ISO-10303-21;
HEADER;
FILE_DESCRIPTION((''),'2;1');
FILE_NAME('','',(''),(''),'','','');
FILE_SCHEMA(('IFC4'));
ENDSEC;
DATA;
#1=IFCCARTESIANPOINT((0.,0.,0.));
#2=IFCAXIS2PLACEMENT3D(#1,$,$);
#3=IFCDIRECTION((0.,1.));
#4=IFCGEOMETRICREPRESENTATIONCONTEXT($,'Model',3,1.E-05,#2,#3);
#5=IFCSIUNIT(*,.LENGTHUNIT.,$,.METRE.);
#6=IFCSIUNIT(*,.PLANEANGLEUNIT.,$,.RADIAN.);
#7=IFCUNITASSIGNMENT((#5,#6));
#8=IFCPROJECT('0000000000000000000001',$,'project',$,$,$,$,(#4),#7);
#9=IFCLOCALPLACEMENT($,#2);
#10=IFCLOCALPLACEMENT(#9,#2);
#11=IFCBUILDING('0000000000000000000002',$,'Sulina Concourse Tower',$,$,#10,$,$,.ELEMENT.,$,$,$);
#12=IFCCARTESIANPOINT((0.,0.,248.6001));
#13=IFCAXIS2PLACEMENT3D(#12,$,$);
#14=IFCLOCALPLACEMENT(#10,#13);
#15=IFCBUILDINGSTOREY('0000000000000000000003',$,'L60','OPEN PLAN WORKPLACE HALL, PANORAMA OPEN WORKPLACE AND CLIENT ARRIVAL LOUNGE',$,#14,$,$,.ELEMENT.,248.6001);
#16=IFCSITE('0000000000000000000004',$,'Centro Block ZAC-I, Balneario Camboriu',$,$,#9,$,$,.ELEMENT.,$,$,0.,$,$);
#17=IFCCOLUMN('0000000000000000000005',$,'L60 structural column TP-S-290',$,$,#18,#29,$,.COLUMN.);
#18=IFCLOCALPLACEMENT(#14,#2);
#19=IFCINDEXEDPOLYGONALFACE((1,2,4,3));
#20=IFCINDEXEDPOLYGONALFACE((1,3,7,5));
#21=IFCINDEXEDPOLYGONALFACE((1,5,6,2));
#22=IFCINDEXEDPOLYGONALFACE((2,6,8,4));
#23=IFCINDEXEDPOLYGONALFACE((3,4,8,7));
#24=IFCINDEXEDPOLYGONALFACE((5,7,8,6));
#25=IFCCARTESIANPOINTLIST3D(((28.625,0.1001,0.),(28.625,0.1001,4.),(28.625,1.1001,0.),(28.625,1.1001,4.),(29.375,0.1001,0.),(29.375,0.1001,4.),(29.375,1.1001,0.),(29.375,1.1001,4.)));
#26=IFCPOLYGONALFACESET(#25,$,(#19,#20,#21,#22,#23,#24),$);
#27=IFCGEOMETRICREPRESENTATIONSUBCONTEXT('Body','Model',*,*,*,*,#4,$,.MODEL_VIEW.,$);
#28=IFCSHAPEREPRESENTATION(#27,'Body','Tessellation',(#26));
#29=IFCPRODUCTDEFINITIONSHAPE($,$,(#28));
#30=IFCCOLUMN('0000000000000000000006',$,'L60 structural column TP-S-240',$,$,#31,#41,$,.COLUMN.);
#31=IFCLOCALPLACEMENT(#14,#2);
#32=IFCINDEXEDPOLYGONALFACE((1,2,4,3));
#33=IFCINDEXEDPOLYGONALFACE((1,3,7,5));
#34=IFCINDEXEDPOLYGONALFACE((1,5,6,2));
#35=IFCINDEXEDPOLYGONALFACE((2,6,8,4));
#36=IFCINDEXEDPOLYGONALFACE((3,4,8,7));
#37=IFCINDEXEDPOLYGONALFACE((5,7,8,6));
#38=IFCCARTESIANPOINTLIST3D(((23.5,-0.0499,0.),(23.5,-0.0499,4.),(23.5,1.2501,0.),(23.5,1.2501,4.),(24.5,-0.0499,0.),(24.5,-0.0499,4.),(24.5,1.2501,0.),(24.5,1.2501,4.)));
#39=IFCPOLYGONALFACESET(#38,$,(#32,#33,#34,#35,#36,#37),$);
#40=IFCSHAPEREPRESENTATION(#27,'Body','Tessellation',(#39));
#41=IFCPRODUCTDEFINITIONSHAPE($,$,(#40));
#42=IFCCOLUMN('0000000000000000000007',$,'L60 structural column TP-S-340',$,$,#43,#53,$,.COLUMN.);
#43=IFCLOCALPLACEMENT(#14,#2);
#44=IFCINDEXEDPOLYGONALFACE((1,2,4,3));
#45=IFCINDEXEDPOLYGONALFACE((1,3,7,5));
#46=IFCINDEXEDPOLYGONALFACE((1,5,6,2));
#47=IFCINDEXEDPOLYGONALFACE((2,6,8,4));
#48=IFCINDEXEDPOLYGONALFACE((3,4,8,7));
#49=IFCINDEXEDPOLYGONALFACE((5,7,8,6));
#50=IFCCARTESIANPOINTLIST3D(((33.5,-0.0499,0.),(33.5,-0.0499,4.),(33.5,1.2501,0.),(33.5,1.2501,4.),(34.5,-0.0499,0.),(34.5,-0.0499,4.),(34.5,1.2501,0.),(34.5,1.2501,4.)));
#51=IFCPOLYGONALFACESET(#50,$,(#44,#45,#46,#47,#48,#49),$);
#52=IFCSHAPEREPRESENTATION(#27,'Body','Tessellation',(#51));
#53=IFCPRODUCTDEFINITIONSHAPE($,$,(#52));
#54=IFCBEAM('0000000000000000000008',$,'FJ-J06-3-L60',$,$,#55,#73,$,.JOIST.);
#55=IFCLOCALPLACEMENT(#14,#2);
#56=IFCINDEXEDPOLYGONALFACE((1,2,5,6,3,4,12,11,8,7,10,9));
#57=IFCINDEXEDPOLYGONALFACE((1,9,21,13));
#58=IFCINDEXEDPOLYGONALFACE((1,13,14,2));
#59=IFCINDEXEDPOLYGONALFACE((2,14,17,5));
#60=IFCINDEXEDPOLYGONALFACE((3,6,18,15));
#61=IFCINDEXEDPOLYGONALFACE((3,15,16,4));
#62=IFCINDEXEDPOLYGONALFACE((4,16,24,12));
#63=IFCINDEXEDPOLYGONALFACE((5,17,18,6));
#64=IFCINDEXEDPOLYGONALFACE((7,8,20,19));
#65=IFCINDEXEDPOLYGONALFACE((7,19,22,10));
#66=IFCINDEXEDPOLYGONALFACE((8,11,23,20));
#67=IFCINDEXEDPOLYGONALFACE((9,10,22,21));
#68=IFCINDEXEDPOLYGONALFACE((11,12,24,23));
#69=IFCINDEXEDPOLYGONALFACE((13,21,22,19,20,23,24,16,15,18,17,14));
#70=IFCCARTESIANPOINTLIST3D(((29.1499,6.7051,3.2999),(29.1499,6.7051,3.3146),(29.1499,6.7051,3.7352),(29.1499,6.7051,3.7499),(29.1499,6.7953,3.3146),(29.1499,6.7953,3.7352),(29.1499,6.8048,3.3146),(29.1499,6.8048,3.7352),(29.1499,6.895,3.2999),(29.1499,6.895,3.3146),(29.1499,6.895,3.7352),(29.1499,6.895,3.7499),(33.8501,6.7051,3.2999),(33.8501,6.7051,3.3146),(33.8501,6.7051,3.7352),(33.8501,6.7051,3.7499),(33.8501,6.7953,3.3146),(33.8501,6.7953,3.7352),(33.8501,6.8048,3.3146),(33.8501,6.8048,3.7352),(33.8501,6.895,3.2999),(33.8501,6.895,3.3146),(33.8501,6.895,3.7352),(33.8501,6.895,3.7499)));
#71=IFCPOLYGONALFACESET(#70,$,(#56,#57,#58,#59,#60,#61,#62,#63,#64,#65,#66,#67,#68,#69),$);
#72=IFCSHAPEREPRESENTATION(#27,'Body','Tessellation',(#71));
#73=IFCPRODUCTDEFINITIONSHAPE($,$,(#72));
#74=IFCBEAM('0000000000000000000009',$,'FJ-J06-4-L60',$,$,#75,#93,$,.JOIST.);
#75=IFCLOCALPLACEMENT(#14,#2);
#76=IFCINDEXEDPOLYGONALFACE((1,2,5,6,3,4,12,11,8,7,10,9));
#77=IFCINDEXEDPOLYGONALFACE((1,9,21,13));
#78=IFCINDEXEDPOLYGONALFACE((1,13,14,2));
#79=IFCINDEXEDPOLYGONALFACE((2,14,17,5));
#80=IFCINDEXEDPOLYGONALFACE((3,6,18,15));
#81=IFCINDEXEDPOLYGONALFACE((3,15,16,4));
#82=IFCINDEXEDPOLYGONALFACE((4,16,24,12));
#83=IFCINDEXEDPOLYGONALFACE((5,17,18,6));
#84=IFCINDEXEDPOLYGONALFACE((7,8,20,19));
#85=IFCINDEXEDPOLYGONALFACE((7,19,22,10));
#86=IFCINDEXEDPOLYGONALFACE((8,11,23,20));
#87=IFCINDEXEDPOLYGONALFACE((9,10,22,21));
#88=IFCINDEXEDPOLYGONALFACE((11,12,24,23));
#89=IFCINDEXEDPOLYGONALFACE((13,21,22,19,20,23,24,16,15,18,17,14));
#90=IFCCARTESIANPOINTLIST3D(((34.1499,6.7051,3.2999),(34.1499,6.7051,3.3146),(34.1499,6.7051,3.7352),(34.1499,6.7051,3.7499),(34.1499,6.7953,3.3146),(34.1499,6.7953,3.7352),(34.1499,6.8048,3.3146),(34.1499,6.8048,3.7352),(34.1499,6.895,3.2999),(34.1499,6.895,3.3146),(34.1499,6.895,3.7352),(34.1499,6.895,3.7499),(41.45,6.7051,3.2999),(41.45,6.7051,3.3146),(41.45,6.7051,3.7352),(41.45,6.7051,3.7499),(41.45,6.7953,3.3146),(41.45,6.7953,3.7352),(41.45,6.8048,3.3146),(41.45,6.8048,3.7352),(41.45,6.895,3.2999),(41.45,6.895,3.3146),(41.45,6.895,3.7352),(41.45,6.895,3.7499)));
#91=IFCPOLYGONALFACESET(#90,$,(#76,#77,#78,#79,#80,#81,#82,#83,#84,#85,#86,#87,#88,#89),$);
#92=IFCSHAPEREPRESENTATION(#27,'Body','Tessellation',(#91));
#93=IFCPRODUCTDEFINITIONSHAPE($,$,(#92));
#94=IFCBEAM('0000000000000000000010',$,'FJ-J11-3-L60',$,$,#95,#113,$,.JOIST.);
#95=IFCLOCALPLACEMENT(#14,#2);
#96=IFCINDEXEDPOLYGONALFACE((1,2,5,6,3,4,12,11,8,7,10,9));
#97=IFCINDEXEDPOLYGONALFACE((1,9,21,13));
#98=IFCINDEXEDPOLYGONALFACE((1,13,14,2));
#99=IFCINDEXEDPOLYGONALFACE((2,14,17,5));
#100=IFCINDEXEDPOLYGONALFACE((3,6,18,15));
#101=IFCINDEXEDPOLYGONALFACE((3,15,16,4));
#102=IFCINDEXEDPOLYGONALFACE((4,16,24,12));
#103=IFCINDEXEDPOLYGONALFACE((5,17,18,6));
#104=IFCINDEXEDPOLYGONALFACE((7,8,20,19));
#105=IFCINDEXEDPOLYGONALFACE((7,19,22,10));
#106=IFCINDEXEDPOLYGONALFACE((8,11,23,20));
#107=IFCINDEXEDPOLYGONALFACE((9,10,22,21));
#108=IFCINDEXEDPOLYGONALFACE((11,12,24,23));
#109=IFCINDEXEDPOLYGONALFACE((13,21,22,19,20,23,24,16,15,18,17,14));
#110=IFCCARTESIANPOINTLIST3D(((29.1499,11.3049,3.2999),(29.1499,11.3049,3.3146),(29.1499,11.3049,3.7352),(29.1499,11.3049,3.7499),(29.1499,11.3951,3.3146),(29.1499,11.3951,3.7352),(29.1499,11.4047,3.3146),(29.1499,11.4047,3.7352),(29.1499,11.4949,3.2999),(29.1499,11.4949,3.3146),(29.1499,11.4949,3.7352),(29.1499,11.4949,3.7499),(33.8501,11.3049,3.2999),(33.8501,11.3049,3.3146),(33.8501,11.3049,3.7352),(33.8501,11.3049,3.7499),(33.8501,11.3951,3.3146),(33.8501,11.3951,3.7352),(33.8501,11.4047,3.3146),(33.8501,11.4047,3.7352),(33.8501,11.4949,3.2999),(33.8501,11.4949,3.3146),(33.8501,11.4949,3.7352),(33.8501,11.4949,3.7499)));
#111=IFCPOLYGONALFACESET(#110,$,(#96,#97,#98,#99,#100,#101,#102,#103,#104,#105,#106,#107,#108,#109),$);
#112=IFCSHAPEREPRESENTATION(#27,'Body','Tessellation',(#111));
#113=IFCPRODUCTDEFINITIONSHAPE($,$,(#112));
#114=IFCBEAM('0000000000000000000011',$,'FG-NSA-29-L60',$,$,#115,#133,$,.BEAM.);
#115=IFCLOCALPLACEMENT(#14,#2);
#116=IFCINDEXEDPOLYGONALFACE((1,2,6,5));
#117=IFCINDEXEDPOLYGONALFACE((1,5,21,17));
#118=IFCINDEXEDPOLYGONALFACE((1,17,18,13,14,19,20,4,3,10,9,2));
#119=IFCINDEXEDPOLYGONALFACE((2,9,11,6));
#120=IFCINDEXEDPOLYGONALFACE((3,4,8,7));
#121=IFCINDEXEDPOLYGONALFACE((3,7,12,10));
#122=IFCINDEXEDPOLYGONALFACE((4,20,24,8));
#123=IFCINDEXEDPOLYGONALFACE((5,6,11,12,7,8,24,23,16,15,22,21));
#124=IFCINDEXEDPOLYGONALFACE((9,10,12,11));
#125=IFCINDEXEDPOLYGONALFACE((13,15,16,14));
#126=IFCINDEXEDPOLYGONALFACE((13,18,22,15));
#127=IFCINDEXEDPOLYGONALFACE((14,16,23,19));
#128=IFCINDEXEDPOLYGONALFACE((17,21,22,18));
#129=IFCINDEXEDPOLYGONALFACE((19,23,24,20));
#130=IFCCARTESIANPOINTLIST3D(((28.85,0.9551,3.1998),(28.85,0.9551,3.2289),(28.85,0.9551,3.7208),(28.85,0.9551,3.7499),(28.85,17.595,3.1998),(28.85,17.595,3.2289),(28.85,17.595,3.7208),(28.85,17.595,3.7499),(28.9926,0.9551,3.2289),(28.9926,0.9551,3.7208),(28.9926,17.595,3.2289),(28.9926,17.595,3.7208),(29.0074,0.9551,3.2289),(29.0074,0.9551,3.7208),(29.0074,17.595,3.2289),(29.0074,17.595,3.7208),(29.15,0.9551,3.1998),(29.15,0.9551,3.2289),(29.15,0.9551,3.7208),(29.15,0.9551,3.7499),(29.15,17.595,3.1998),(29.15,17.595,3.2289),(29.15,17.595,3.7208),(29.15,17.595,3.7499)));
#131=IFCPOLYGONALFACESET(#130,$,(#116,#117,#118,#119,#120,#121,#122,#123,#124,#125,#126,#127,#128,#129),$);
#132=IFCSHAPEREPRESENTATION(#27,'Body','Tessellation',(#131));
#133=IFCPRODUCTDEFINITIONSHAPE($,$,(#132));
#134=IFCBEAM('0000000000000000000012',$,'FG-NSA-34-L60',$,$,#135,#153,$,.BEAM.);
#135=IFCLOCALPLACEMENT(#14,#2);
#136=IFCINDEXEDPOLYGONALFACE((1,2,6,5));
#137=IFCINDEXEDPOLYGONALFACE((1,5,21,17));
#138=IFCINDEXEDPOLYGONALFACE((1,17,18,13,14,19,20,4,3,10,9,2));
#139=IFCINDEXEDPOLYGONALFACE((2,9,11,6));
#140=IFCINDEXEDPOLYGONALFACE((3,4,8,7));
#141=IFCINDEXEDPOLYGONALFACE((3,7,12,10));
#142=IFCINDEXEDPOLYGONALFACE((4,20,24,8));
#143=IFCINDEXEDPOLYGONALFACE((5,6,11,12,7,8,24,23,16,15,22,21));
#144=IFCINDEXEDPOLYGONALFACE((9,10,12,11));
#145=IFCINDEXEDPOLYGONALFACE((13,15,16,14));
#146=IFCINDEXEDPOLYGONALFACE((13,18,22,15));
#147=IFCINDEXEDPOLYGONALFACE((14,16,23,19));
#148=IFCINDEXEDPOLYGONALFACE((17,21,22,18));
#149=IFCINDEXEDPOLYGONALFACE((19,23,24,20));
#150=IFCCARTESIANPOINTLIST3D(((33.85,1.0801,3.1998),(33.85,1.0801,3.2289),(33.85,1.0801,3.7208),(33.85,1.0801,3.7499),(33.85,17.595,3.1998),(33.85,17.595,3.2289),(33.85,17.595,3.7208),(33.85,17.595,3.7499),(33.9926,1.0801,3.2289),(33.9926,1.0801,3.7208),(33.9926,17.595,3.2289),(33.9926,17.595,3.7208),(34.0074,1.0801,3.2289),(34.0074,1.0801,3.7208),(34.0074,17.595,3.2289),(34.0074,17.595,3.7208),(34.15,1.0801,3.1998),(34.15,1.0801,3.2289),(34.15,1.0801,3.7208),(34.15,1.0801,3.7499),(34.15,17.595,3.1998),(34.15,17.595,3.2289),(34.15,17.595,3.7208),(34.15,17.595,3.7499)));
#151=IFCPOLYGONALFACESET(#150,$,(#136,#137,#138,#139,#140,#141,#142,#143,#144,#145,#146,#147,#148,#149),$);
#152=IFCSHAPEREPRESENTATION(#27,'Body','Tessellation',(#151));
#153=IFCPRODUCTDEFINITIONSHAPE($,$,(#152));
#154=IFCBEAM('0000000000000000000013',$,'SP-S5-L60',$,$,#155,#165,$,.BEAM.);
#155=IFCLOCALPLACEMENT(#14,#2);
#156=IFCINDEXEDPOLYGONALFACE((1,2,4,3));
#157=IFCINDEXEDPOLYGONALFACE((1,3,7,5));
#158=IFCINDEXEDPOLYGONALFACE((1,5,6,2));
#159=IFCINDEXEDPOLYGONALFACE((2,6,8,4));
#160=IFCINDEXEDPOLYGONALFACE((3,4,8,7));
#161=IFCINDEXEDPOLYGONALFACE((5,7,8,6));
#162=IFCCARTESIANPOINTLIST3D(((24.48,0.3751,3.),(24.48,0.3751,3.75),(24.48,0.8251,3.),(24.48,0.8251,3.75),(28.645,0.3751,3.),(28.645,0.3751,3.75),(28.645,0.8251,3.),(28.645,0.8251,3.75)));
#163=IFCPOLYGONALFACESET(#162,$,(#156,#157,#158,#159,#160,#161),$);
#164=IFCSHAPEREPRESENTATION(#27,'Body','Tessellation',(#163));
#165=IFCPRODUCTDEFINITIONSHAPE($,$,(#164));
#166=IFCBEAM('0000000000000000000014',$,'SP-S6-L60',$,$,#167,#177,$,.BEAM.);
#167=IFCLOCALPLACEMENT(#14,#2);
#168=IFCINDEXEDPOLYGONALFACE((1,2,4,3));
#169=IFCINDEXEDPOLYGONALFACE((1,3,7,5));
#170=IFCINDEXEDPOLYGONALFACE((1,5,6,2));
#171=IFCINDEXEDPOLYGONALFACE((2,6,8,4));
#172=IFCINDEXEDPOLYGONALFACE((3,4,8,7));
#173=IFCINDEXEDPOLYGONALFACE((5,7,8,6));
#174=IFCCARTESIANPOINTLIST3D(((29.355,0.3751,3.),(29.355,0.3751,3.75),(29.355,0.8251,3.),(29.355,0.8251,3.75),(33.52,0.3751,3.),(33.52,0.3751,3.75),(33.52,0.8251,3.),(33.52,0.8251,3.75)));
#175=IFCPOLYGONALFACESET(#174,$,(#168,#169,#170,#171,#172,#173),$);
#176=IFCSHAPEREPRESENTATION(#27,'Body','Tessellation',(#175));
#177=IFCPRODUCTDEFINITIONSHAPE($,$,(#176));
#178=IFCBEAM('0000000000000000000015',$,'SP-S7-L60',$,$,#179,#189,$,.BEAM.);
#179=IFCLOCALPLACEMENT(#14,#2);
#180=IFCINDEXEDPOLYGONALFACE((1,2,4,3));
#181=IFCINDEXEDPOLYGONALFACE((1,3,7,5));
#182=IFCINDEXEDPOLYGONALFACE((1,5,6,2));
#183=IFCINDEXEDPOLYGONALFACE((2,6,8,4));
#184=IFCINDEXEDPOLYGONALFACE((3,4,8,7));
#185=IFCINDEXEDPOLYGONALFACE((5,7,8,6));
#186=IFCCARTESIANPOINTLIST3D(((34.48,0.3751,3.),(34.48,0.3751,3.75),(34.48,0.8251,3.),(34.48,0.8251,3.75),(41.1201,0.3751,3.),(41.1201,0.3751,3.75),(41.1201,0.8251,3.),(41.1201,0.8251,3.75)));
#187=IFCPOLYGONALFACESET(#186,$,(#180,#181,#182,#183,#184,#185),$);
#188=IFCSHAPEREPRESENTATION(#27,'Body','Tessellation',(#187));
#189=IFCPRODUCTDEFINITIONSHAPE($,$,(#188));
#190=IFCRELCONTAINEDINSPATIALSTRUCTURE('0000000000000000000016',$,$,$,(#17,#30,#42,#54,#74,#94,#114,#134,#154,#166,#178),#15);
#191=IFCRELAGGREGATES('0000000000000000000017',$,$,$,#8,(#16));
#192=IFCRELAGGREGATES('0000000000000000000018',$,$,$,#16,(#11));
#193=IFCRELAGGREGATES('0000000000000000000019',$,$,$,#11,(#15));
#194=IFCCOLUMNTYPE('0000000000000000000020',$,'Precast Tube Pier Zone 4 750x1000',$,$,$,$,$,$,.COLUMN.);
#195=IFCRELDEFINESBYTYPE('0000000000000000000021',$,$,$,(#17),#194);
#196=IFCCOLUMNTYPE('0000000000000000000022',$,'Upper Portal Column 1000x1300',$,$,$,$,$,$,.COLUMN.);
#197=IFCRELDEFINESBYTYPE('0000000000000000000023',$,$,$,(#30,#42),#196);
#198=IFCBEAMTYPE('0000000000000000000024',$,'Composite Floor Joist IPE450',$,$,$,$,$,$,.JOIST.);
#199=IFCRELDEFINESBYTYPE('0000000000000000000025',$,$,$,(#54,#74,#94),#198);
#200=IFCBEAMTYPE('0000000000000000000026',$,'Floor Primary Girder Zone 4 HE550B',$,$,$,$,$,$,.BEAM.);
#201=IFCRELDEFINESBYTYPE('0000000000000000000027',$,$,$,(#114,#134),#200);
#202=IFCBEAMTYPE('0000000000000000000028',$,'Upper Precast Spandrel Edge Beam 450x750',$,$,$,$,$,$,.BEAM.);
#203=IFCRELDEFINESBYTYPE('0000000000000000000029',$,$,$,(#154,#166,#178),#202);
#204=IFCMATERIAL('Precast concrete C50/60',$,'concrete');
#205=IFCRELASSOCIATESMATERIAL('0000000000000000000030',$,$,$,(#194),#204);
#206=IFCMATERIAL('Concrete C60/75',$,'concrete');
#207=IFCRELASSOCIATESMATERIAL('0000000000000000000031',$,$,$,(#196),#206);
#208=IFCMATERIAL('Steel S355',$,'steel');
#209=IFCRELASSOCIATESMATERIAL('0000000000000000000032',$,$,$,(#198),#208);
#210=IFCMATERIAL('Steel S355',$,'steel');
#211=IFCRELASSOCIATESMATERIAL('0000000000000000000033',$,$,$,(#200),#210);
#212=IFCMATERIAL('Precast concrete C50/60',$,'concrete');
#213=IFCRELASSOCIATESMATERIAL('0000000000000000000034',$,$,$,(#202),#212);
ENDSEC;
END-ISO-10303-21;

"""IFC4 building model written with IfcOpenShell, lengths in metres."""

from ifc_helpers import new_model, si_unit, direction, frame, origin, origin_2d, place, context, subcontext, project, spatial, rectangle, i_section, extrude, material, material_profile, profile_set, type_object, element, save


model = new_model("IFC4")

# Units and contexts
model_context = context("Model", 3, precision=1e-05, world=origin(), true_north=direction((0.0, 1.0)))
body_context = subcontext(model_context, "Body", "Model", "MODEL_VIEW")
ifc_project = project(units=[si_unit("LENGTHUNIT", "METRE"), si_unit("PLANEANGLEUNIT", "RADIAN")], contexts=[model_context])

# Site, building, storey
site_placement = place(None, origin())
site = spatial("IfcSite", under=ifc_project, at=site_placement, Name="Centro Block ZAC-I, Balneario Camboriu", CompositionType="ELEMENT", RefElevation=0.0)
building_placement = place(site_placement, origin())
building = spatial("IfcBuilding", under=site, at=building_placement, Name="Sulina Concourse Tower", CompositionType="ELEMENT")
storey_placement = place(building_placement, frame((0.0, 0.0, 248.6001)))
storey = spatial("IfcBuildingStorey", under=building, at=storey_placement, Name="L60", Description="OPEN PLAN WORKPLACE HALL, PANORAMA OPEN WORKPLACE AND CLIENT ARRIVAL LOUNGE", CompositionType="ELEMENT", Elevation=248.6001)

# Columns
ifc_material_1 = material(Name="Precast concrete C50/60", Category="concrete")
ifc_material_profile_1 = material_profile(ifc_material_1, rectangle(XDim=0.75, YDim=1.0, at=origin_2d()), Name="PC 750x1000")
ifc_profile_set_1 = profile_set([ifc_material_profile_1], Name="Precast concrete C50/60")
column_type_1 = type_object("IfcColumnType", Name="Precast Tube Pier Zone 4 750x1000", PredefinedType="COLUMN", material=ifc_profile_set_1)
column_placement = place(storey_placement, frame((29.0, 0.6001, 0.0), z_axis=(0.0, 0.0, 1.0), x_axis=(1.0, 0.0, 0.0)))
element("IfcColumn", 1, at=column_placement, inside=storey, type_object=column_type_1, Name="L60 structural column TP-S-290", PredefinedType="COLUMN", context=body_context, shape_type="SweptSolid", body=[
    extrude(rectangle(XDim=0.75, YDim=1.0, at=origin_2d()), origin(), (0.0, 0.0, 1.0), 4.0),
])
ifc_material_2 = material(Name="Concrete C60/75", Category="concrete")
ifc_material_profile_2 = material_profile(ifc_material_2, rectangle(XDim=1.0, YDim=1.3, at=origin_2d()), Name="RC 1000x1300")
ifc_profile_set_2 = profile_set([ifc_material_profile_2], Name="Concrete C60/75")
column_type_2 = type_object("IfcColumnType", Name="Upper Portal Column 1000x1300", PredefinedType="COLUMN", material=ifc_profile_set_2)
for number, where, z_axis, x_axis, name in (
    (2, (24.0, 0.6001, 0.0), (0.0, 0.0, 1.0), (1.0, 0.0, 0.0), "L60 structural column TP-S-240"),
    (3, (34.0, 0.6001, 0.0), (0.0, 0.0, 1.0), (1.0, 0.0, 0.0), "L60 structural column TP-S-340"),
):
    element("IfcColumn", number, at=place(storey_placement, frame(where, z_axis=z_axis, x_axis=x_axis)), inside=storey, type_object=column_type_2, Name=name, PredefinedType="COLUMN", context=body_context, shape_type="SweptSolid", body=[
        extrude(rectangle(XDim=1.0, YDim=1.3, at=origin_2d()), origin(), (0.0, 0.0, 1.0), 4.0),
    ])

# Beams
ifc_material_3 = material(Name="Steel S355", Category="steel")
ifc_material_profile_3 = material_profile(ifc_material_3, i_section(OverallWidth=0.1899, OverallDepth=0.45, WebThickness=0.0095, FlangeThickness=0.0146, at=origin_2d()), Name="IPE 450")
ifc_profile_set_3 = profile_set([ifc_material_profile_3], Name="Steel S355")
beam_type_1 = type_object("IfcBeamType", Name="Composite Floor Joist IPE450", PredefinedType="JOIST", material=ifc_profile_set_3)
beam_1_placement = place(storey_placement, frame((29.1499, 6.8, 3.5249), z_axis=(1.0, 0.0, 0.0), x_axis=(0.0, 1.0, 0.0)))
element("IfcBeam", 4, at=beam_1_placement, inside=storey, type_object=beam_type_1, Name="FJ-J06-3-L60", PredefinedType="JOIST", context=body_context, shape_type="SweptSolid", body=[
    extrude(i_section(OverallWidth=0.1899, OverallDepth=0.45, WebThickness=0.0095, FlangeThickness=0.0146, at=origin_2d()), origin(), (0.0, 0.0, 1.0), 4.7002),
])
beam_2_placement = place(storey_placement, frame((34.1499, 6.8, 3.5249), z_axis=(1.0, 0.0, 0.0), x_axis=(0.0, 1.0, 0.0)))
element("IfcBeam", 5, at=beam_2_placement, inside=storey, type_object=beam_type_1, Name="FJ-J06-4-L60", PredefinedType="JOIST", context=body_context, shape_type="SweptSolid", body=[
    extrude(i_section(OverallWidth=0.1899, OverallDepth=0.45, WebThickness=0.0095, FlangeThickness=0.0146, at=origin_2d()), origin(), (0.0, 0.0, 1.0), 7.3),
])
beam_3_placement = place(storey_placement, frame((29.1499, 11.3999, 3.5249), z_axis=(1.0, 0.0, 0.0), x_axis=(0.0, 1.0, 0.0)))
element("IfcBeam", 6, at=beam_3_placement, inside=storey, type_object=beam_type_1, Name="FJ-J11-3-L60", PredefinedType="JOIST", context=body_context, shape_type="SweptSolid", body=[
    extrude(i_section(OverallWidth=0.1899, OverallDepth=0.45, WebThickness=0.0095, FlangeThickness=0.0146, at=origin_2d()), origin(), (0.0, 0.0, 1.0), 4.7002),
])
ifc_material_4 = material(Name="Steel S355", Category="steel")
ifc_material_profile_4 = material_profile(ifc_material_4, i_section(OverallWidth=0.3, OverallDepth=0.55, WebThickness=0.0149, FlangeThickness=0.0291, at=origin_2d()), Name="HE 550 B")
ifc_profile_set_4 = profile_set([ifc_material_profile_4], Name="Steel S355")
beam_type_2 = type_object("IfcBeamType", Name="Floor Primary Girder Zone 4 HE550B", PredefinedType="BEAM", material=ifc_profile_set_4)
beam_4_placement = place(storey_placement, frame((29.0, 0.9551, 3.4749), z_axis=(0.0, 1.0, 0.0), x_axis=(-1.0, 0.0, 0.0)))
element("IfcBeam", 7, at=beam_4_placement, inside=storey, type_object=beam_type_2, Name="FG-NSA-29-L60", PredefinedType="BEAM", context=body_context, shape_type="SweptSolid", body=[
    extrude(i_section(OverallWidth=0.3, OverallDepth=0.55, WebThickness=0.0149, FlangeThickness=0.0291, at=origin_2d()), origin(), (0.0, 0.0, 1.0), 16.6399),
])
beam_5_placement = place(storey_placement, frame((34.0, 1.0801, 3.4749), z_axis=(0.0, 1.0, 0.0), x_axis=(-1.0, 0.0, 0.0)))
element("IfcBeam", 8, at=beam_5_placement, inside=storey, type_object=beam_type_2, Name="FG-NSA-34-L60", PredefinedType="BEAM", context=body_context, shape_type="SweptSolid", body=[
    extrude(i_section(OverallWidth=0.3, OverallDepth=0.55, WebThickness=0.0149, FlangeThickness=0.0291, at=origin_2d()), origin(), (0.0, 0.0, 1.0), 16.5149),
])
ifc_material_5 = material(Name="Precast concrete C50/60", Category="concrete")
ifc_material_profile_5 = material_profile(ifc_material_5, rectangle(XDim=0.45, YDim=0.75, at=origin_2d()), Name="RC 450x750")
ifc_profile_set_5 = profile_set([ifc_material_profile_5], Name="Precast concrete C50/60")
beam_type_3 = type_object("IfcBeamType", Name="Upper Precast Spandrel Edge Beam 450x750", PredefinedType="BEAM", material=ifc_profile_set_5)
for number, where, z_axis, x_axis, name in (
    (9, (24.48, 0.6001, 3.375), (1.0, 0.0, 0.0), (0.0, 1.0, 0.0), "SP-S5-L60"),
    (10, (29.355, 0.6001, 3.375), (1.0, 0.0, 0.0), (0.0, 1.0, 0.0), "SP-S6-L60"),
):
    element("IfcBeam", number, at=place(storey_placement, frame(where, z_axis=z_axis, x_axis=x_axis)), inside=storey, type_object=beam_type_3, Name=name, PredefinedType="BEAM", context=body_context, shape_type="SweptSolid", body=[
        extrude(rectangle(XDim=0.45, YDim=0.75, at=origin_2d()), origin(), (0.0, 0.0, 1.0), 4.165),
    ])
beam_6_placement = place(storey_placement, frame((34.48, 0.6001, 3.375), z_axis=(1.0, 0.0, 0.0), x_axis=(0.0, 1.0, 0.0)))
element("IfcBeam", 11, at=beam_6_placement, inside=storey, type_object=beam_type_3, Name="SP-S7-L60", PredefinedType="BEAM", context=body_context, shape_type="SweptSolid", body=[
    extrude(rectangle(XDim=0.45, YDim=0.75, at=origin_2d()), origin(), (0.0, 0.0, 1.0), 6.6401),
])

save(model, "model.ifc")
